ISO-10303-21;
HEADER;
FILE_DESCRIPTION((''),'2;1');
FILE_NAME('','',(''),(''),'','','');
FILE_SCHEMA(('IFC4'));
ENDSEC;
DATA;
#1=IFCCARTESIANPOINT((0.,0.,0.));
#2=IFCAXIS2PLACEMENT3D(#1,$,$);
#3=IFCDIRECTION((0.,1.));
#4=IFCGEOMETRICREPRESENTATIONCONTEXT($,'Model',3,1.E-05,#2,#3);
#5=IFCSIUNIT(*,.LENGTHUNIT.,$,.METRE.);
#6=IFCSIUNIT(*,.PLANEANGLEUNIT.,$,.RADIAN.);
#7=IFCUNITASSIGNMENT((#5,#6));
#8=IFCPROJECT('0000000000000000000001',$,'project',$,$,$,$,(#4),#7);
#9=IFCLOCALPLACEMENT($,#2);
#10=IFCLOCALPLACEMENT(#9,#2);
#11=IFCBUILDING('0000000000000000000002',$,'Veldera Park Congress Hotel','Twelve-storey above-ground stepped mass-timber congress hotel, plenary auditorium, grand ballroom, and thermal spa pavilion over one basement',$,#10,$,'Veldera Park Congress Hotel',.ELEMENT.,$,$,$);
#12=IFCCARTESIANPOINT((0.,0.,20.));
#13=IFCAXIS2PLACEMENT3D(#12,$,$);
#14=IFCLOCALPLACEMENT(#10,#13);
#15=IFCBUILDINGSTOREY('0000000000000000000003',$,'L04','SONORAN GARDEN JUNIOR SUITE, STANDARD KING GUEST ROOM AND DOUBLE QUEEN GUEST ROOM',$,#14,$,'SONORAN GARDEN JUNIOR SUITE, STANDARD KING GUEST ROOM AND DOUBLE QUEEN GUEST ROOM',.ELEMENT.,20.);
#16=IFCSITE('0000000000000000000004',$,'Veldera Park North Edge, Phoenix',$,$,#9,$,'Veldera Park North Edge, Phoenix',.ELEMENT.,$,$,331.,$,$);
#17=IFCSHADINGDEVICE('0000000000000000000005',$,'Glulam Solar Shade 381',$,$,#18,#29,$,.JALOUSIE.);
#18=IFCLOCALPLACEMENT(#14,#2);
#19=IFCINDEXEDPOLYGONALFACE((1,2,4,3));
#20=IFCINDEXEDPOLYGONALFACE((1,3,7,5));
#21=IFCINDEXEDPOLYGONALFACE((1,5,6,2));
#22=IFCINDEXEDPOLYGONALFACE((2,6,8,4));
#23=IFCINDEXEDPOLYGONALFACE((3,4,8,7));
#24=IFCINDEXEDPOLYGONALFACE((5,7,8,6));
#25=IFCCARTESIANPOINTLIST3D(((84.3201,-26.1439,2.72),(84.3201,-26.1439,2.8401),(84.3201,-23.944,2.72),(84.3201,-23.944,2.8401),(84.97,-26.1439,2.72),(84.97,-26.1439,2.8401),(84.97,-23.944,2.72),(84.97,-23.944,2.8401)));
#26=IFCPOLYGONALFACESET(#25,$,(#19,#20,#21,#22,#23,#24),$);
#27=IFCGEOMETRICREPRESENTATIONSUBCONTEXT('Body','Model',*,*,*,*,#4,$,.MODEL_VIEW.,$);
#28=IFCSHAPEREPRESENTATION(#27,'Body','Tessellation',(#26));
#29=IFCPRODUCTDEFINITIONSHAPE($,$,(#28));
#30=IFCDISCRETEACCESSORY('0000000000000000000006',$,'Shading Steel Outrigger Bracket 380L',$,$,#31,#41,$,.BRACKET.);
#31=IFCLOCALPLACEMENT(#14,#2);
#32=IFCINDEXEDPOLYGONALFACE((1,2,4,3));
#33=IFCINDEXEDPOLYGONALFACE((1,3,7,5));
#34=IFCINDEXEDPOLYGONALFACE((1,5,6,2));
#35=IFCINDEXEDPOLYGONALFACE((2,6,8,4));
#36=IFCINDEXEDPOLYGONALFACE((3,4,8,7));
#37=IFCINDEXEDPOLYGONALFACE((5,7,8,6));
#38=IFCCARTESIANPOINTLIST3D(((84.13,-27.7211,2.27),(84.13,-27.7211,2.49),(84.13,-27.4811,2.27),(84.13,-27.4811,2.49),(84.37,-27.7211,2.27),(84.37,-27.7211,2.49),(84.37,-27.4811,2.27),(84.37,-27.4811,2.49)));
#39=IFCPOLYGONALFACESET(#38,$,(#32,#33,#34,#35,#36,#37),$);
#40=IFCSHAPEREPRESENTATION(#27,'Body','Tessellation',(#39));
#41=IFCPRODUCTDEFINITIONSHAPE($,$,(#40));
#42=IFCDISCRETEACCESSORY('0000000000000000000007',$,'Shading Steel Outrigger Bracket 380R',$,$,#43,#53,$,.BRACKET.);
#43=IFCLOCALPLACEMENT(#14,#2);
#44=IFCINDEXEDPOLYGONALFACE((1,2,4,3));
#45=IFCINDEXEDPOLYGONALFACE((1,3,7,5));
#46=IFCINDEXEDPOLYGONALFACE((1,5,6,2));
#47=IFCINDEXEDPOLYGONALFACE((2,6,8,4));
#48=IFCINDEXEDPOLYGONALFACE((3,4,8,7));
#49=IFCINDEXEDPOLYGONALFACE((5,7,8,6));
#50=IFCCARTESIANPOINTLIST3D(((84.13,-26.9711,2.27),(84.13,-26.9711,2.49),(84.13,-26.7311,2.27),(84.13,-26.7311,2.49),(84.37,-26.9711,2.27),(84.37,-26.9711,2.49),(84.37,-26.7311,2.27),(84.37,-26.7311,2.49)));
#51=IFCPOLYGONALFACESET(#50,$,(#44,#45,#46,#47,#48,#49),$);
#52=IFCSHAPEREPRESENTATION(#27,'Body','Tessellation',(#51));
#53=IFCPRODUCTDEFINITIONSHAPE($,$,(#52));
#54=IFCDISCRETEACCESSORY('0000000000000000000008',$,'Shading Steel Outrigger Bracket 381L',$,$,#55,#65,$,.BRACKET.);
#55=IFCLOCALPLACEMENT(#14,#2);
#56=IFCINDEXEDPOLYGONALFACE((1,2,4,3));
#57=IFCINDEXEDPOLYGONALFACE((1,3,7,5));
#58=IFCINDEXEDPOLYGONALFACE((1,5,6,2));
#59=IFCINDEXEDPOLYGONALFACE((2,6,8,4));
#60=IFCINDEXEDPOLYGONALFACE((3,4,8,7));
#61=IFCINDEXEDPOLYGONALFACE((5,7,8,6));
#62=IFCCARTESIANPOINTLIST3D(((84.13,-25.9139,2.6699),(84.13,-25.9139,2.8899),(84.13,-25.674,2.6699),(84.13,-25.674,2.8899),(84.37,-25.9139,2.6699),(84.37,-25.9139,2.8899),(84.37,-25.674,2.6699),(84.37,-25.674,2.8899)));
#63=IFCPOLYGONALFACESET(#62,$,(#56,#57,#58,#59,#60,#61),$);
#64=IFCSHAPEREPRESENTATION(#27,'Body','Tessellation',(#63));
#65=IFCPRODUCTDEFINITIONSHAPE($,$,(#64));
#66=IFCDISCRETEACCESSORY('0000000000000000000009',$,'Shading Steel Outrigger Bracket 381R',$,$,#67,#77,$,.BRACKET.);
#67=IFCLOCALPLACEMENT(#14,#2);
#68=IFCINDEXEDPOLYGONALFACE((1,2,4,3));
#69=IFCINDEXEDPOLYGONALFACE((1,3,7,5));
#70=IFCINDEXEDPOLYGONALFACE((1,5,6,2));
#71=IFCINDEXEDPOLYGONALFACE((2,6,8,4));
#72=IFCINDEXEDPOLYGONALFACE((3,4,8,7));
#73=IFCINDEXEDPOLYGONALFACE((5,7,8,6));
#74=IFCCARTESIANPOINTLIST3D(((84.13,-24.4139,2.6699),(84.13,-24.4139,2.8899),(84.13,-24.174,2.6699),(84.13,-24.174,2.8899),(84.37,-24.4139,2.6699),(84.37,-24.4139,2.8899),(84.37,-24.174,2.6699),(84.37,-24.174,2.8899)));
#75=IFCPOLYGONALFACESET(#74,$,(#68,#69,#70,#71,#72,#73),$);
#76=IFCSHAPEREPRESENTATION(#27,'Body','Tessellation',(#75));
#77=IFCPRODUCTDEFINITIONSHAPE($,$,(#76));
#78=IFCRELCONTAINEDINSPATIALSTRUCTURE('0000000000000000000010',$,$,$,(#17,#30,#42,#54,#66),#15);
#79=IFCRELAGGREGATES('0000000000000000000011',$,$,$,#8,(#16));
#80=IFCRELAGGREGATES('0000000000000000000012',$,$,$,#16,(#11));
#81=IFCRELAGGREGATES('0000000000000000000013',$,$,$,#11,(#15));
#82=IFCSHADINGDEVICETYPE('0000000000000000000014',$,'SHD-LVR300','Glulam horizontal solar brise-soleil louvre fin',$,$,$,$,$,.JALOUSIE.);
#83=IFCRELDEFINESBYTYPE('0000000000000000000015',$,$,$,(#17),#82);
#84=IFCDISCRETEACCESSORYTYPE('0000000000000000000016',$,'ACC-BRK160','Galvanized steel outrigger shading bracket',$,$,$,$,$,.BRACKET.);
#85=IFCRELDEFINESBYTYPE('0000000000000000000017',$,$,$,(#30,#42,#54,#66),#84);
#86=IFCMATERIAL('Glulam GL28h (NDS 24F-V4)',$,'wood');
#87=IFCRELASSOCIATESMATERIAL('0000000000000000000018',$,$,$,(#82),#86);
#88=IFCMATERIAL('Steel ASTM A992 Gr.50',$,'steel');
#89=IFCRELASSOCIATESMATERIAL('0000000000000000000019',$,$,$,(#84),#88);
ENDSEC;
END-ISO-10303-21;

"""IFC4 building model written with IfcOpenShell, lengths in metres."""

from ifc_helpers import new_model, si_unit, direction, frame, origin, origin_2d, place, context, subcontext, project, spatial, rectangle, extrude, material, type_object, element, save


model = new_model("IFC4")

# Units and contexts
model_context = context("Model", 3, precision=1e-05, world=origin(), true_north=direction((0.0, 1.0)))
body_context = subcontext(model_context, "Body", "Model", "MODEL_VIEW")
ifc_project = project(units=[si_unit("LENGTHUNIT", "METRE"), si_unit("PLANEANGLEUNIT", "RADIAN")], contexts=[model_context])

# Site, building, storey
site_placement = place(None, origin())
site = spatial("IfcSite", under=ifc_project, at=site_placement, Name="Veldera Park North Edge, Phoenix", LongName="Veldera Park North Edge, Phoenix", CompositionType="ELEMENT", RefElevation=331.0)
building_placement = place(site_placement, origin())
building = spatial("IfcBuilding", under=site, at=building_placement, Name="Veldera Park Congress Hotel", Description="Twelve-storey above-ground stepped mass-timber congress hotel, plenary auditorium, grand ballroom, and thermal spa pavilion over one basement", LongName="Veldera Park Congress Hotel", CompositionType="ELEMENT")
storey_placement = place(building_placement, frame((0.0, 0.0, 20.0)))
storey = spatial("IfcBuildingStorey", under=building, at=storey_placement, Name="L04", Description="SONORAN GARDEN JUNIOR SUITE, STANDARD KING GUEST ROOM AND DOUBLE QUEEN GUEST ROOM", LongName="SONORAN GARDEN JUNIOR SUITE, STANDARD KING GUEST ROOM AND DOUBLE QUEEN GUEST ROOM", CompositionType="ELEMENT", Elevation=20.0)

# Shared definitions
ifc_material_1 = material(Name="Glulam GL28h (NDS 24F-V4)", Category="wood")

# Shading device
shading_device_type = type_object("IfcShadingDeviceType", Name="SHD-LVR300", Description="Glulam horizontal solar brise-soleil louvre fin", PredefinedType="JALOUSIE", material=ifc_material_1)
shading_device_1_placement = place(storey_placement, frame((84.645, -25.0439, 2.72), z_axis=(0.0, 0.0, 1.0), x_axis=(0.0, 1.0, 0.0)))
element("IfcShadingDevice", 1, at=shading_device_1_placement, inside=storey, type_object=shading_device_type, Name="Glulam Solar Shade 381", PredefinedType="JALOUSIE", context=body_context, shape_type="SweptSolid", body=[
    extrude(rectangle(XDim=2.2, YDim=0.6499, at=origin_2d()), origin(), (0.0, 0.0, 1.0), 0.1201),
])

# Discrete accessories
ifc_material_2 = material(Name="Steel ASTM A992 Gr.50", Category="steel")
discrete_accessory_type = type_object("IfcDiscreteAccessoryType", Name="ACC-BRK160", Description="Galvanized steel outrigger shading bracket", PredefinedType="BRACKET", material=ifc_material_2)
for number, where, z_axis, x_axis, name in (
    (2, (84.25, -27.6011, 2.27), (0.0, 0.0, 1.0), (0.0, 1.0, 0.0), "Shading Steel Outrigger Bracket 380L"),
    (3, (84.25, -26.8511, 2.27), (0.0, 0.0, 1.0), (0.0, 1.0, 0.0), "Shading Steel Outrigger Bracket 380R"),
    (4, (84.25, -25.7939, 2.6699), (0.0, 0.0, 1.0), (0.0, 1.0, 0.0), "Shading Steel Outrigger Bracket 381L"),
    (5, (84.25, -24.2939, 2.6699), (0.0, 0.0, 1.0), (0.0, 1.0, 0.0), "Shading Steel Outrigger Bracket 381R"),
):
    element("IfcDiscreteAccessory", number, at=place(storey_placement, frame(where, z_axis=z_axis, x_axis=x_axis)), inside=storey, type_object=discrete_accessory_type, Name=name, PredefinedType="BRACKET", context=body_context, shape_type="SweptSolid", body=[
        extrude(rectangle(XDim=0.24, YDim=0.24, at=origin_2d()), origin(), (0.0, 0.0, 1.0), 0.22),
    ])

save(model, "model.ifc")
